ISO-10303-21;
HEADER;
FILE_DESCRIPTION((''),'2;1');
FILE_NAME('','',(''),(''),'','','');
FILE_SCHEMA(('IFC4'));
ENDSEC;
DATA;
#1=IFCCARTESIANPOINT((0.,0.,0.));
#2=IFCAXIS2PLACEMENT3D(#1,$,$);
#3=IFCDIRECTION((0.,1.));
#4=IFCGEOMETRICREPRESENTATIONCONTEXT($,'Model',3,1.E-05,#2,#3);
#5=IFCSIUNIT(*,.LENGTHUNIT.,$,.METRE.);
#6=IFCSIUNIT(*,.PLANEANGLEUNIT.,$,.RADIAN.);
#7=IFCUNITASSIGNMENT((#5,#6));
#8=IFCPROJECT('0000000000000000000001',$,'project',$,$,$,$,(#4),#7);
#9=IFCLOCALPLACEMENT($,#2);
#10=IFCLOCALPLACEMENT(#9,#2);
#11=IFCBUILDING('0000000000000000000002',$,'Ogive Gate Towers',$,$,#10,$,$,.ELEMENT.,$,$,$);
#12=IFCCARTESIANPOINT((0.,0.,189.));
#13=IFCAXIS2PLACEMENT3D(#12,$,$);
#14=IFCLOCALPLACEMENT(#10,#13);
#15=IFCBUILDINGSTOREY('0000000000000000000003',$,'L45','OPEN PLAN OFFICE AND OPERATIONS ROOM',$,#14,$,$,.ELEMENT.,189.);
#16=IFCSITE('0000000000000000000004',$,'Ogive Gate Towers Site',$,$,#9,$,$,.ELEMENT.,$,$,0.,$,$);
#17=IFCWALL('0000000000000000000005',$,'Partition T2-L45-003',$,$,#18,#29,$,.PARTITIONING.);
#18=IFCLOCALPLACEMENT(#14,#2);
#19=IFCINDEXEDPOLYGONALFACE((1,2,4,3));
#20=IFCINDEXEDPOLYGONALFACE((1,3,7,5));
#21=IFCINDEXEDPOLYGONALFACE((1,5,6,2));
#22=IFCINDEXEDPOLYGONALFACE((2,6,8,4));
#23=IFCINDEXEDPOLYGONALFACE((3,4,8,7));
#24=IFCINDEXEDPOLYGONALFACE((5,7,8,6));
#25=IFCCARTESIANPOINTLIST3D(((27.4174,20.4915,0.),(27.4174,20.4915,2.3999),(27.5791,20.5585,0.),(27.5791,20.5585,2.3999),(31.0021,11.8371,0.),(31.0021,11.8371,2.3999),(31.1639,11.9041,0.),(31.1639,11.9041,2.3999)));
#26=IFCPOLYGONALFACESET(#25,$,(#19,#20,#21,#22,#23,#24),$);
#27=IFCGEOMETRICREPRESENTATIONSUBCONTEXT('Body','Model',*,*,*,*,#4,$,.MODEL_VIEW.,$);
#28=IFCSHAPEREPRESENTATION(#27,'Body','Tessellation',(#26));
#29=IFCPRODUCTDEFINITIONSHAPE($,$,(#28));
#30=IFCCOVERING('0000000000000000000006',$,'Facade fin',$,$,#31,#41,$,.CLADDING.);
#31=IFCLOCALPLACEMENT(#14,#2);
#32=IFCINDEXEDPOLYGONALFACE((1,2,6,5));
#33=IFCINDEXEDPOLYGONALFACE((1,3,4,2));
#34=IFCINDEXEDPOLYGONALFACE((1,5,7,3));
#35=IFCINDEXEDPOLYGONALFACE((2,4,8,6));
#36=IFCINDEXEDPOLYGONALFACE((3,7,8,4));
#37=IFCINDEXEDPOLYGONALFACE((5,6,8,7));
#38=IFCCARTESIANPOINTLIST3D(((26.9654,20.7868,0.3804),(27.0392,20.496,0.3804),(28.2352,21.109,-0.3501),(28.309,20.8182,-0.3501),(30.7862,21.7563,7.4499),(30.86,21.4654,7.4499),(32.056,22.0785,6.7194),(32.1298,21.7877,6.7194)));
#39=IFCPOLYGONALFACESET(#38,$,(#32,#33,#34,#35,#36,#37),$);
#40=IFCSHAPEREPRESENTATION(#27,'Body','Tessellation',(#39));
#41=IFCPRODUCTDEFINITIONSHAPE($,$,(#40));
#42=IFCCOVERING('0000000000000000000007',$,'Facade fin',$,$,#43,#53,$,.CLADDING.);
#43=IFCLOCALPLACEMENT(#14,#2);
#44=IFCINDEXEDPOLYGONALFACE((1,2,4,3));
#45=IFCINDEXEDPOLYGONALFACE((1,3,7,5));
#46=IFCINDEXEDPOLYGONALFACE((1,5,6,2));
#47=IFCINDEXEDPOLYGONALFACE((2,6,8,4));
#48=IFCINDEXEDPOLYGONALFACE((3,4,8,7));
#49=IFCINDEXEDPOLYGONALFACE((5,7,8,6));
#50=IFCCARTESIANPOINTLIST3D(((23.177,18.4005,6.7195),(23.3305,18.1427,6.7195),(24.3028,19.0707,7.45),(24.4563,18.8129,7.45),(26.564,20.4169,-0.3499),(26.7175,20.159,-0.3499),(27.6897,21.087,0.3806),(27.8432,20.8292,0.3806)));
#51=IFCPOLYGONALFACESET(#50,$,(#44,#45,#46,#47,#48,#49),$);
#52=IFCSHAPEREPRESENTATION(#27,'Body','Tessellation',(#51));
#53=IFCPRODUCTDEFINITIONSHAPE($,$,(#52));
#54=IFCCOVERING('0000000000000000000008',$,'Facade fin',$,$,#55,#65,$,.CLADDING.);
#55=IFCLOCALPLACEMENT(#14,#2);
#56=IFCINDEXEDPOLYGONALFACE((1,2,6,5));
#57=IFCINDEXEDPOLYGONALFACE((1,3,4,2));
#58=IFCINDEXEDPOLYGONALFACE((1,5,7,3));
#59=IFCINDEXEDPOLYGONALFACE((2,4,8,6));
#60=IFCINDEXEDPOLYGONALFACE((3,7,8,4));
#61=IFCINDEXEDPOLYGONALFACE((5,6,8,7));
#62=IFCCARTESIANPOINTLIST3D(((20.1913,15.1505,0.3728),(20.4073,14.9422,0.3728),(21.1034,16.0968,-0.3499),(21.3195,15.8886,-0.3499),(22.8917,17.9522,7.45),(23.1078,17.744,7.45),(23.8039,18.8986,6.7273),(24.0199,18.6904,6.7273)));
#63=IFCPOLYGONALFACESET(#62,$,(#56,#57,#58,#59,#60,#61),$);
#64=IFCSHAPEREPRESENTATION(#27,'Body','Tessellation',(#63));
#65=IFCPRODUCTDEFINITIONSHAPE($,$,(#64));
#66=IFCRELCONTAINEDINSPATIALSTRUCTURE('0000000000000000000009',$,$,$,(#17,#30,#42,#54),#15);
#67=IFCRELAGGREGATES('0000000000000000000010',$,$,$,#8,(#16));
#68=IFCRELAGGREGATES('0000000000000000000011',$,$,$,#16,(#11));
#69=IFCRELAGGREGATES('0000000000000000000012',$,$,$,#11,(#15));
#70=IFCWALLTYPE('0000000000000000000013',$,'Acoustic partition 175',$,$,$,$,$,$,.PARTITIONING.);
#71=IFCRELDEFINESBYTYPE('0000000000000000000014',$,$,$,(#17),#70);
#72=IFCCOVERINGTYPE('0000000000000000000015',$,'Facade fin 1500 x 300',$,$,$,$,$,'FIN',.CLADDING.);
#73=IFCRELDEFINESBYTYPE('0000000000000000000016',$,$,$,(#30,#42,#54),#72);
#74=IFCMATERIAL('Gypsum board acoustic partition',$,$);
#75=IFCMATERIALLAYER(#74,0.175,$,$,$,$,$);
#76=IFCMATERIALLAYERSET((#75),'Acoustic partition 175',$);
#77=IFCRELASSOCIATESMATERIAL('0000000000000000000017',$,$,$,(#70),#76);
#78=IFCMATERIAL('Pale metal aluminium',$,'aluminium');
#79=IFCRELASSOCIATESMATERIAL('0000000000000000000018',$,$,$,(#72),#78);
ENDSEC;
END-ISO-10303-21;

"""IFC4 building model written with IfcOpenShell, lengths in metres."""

from ifc_helpers import new_model, si_unit, direction, frame, frame_2d, origin, origin_2d, place, context, subcontext, project, spatial, rectangle, extrude, material, layer, layer_set, material_profile, profile_set, type_object, element, save


model = new_model("IFC4")

# Units and contexts
model_context = context("Model", 3, precision=1e-05, world=origin(), true_north=direction((0.0, 1.0)))
body_context = subcontext(model_context, "Body", "Model", "MODEL_VIEW")
ifc_project = project(units=[si_unit("LENGTHUNIT", "METRE"), si_unit("PLANEANGLEUNIT", "RADIAN")], contexts=[model_context])

# Site, building, storey
site_placement = place(None, origin())
site = spatial("IfcSite", under=ifc_project, at=site_placement, Name="Ogive Gate Towers Site", CompositionType="ELEMENT", RefElevation=0.0)
building_placement = place(site_placement, origin())
building = spatial("IfcBuilding", under=site, at=building_placement, Name="Ogive Gate Towers", CompositionType="ELEMENT")
storey_placement = place(building_placement, frame((0.0, 0.0, 189.0)))
storey = spatial("IfcBuildingStorey", under=building, at=storey_placement, Name="L45", Description="OPEN PLAN OFFICE AND OPERATIONS ROOM", CompositionType="ELEMENT", Elevation=189.0)

# Shared definitions
ifc_material_1 = material(Name="Pale metal aluminium", Category="aluminium")

# Wall
ifc_material_2 = material(Name="Gypsum board acoustic partition")
ifc_layer_1 = layer(ifc_material_2, 0.175)
ifc_layer_set_1 = layer_set([ifc_layer_1], Name="Acoustic partition 175")
wall_type = type_object("IfcWallType", Name="Acoustic partition 175", PredefinedType="PARTITIONING", material=ifc_layer_set_1)
wall_placement = place(storey_placement, frame((27.4983, 20.5249, 0.0), z_axis=(0.0, 0.0, 1.0), x_axis=(0.382682, -0.92388, 0.0)))
element("IfcWall", 1, at=wall_placement, inside=storey, type_object=wall_type, Name="Partition T2-L45-003", PredefinedType="PARTITIONING", context=body_context, shape_type="SweptSolid", body=[
    extrude(rectangle(XDim=9.3674, YDim=0.175, at=frame_2d((4.6836, 0.0))), origin(), (0.0, 0.0, 1.0), 2.3999),
])

# Coverings
ifc_material_profile_1 = material_profile(ifc_material_1, rectangle(XDim=0.3, YDim=1.5, at=origin_2d()), Name="1500 x 300 pale metal aluminium")
ifc_profile_set_1 = profile_set([ifc_material_profile_1], Name="Pale metal aluminium")
covering_type = type_object("IfcCoveringType", Name="Facade fin 1500 x 300", ElementType="FIN", PredefinedType="CLADDING", material=ifc_profile_set_1)
covering_1_placement = place(storey_placement, frame((27.6372, 20.8025, 0.0151), z_axis=(0.472037, 0.119774, 0.873404), x_axis=(-0.245944, 0.969284, 0.0)))
element("IfcCovering", 2, at=covering_1_placement, inside=storey, type_object=covering_type, Name="Facade fin", PredefinedType="CLADDING", context=body_context, shape_type="SweptSolid", body=[
    extrude(rectangle(XDim=0.3, YDim=1.5, at=origin_2d()), origin(), (0.0, 0.0, 1.0), 8.0942),
])
covering_2_placement = place(storey_placement, frame((27.2036, 20.623, 0.0154), z_axis=(-0.418454, -0.249118, 0.873405), x_axis=(0.511542, -0.859259, 0.0)))
element("IfcCovering", 3, at=covering_2_placement, inside=storey, type_object=covering_type, Name="Facade fin", PredefinedType="CLADDING", context=body_context, shape_type="SweptSolid", body=[
    extrude(rectangle(XDim=0.3, YDim=1.5, at=origin_2d()), origin(), (0.0, 0.0, 1.0), 8.094),
])
covering_3_placement = place(storey_placement, frame((20.7554, 15.5195, 0.0115), z_axis=(0.334362, 0.346907, 0.876275), x_axis=(-0.720006, 0.693968, 0.0)))
element("IfcCovering", 4, at=covering_3_placement, inside=storey, type_object=covering_type, Name="Facade fin", PredefinedType="CLADDING", context=body_context, shape_type="SweptSolid", body=[
    extrude(rectangle(XDim=0.3, YDim=1.5, at=origin_2d()), origin(), (0.0, 0.0, 1.0), 8.0764),
])

save(model, "model.ifc")
